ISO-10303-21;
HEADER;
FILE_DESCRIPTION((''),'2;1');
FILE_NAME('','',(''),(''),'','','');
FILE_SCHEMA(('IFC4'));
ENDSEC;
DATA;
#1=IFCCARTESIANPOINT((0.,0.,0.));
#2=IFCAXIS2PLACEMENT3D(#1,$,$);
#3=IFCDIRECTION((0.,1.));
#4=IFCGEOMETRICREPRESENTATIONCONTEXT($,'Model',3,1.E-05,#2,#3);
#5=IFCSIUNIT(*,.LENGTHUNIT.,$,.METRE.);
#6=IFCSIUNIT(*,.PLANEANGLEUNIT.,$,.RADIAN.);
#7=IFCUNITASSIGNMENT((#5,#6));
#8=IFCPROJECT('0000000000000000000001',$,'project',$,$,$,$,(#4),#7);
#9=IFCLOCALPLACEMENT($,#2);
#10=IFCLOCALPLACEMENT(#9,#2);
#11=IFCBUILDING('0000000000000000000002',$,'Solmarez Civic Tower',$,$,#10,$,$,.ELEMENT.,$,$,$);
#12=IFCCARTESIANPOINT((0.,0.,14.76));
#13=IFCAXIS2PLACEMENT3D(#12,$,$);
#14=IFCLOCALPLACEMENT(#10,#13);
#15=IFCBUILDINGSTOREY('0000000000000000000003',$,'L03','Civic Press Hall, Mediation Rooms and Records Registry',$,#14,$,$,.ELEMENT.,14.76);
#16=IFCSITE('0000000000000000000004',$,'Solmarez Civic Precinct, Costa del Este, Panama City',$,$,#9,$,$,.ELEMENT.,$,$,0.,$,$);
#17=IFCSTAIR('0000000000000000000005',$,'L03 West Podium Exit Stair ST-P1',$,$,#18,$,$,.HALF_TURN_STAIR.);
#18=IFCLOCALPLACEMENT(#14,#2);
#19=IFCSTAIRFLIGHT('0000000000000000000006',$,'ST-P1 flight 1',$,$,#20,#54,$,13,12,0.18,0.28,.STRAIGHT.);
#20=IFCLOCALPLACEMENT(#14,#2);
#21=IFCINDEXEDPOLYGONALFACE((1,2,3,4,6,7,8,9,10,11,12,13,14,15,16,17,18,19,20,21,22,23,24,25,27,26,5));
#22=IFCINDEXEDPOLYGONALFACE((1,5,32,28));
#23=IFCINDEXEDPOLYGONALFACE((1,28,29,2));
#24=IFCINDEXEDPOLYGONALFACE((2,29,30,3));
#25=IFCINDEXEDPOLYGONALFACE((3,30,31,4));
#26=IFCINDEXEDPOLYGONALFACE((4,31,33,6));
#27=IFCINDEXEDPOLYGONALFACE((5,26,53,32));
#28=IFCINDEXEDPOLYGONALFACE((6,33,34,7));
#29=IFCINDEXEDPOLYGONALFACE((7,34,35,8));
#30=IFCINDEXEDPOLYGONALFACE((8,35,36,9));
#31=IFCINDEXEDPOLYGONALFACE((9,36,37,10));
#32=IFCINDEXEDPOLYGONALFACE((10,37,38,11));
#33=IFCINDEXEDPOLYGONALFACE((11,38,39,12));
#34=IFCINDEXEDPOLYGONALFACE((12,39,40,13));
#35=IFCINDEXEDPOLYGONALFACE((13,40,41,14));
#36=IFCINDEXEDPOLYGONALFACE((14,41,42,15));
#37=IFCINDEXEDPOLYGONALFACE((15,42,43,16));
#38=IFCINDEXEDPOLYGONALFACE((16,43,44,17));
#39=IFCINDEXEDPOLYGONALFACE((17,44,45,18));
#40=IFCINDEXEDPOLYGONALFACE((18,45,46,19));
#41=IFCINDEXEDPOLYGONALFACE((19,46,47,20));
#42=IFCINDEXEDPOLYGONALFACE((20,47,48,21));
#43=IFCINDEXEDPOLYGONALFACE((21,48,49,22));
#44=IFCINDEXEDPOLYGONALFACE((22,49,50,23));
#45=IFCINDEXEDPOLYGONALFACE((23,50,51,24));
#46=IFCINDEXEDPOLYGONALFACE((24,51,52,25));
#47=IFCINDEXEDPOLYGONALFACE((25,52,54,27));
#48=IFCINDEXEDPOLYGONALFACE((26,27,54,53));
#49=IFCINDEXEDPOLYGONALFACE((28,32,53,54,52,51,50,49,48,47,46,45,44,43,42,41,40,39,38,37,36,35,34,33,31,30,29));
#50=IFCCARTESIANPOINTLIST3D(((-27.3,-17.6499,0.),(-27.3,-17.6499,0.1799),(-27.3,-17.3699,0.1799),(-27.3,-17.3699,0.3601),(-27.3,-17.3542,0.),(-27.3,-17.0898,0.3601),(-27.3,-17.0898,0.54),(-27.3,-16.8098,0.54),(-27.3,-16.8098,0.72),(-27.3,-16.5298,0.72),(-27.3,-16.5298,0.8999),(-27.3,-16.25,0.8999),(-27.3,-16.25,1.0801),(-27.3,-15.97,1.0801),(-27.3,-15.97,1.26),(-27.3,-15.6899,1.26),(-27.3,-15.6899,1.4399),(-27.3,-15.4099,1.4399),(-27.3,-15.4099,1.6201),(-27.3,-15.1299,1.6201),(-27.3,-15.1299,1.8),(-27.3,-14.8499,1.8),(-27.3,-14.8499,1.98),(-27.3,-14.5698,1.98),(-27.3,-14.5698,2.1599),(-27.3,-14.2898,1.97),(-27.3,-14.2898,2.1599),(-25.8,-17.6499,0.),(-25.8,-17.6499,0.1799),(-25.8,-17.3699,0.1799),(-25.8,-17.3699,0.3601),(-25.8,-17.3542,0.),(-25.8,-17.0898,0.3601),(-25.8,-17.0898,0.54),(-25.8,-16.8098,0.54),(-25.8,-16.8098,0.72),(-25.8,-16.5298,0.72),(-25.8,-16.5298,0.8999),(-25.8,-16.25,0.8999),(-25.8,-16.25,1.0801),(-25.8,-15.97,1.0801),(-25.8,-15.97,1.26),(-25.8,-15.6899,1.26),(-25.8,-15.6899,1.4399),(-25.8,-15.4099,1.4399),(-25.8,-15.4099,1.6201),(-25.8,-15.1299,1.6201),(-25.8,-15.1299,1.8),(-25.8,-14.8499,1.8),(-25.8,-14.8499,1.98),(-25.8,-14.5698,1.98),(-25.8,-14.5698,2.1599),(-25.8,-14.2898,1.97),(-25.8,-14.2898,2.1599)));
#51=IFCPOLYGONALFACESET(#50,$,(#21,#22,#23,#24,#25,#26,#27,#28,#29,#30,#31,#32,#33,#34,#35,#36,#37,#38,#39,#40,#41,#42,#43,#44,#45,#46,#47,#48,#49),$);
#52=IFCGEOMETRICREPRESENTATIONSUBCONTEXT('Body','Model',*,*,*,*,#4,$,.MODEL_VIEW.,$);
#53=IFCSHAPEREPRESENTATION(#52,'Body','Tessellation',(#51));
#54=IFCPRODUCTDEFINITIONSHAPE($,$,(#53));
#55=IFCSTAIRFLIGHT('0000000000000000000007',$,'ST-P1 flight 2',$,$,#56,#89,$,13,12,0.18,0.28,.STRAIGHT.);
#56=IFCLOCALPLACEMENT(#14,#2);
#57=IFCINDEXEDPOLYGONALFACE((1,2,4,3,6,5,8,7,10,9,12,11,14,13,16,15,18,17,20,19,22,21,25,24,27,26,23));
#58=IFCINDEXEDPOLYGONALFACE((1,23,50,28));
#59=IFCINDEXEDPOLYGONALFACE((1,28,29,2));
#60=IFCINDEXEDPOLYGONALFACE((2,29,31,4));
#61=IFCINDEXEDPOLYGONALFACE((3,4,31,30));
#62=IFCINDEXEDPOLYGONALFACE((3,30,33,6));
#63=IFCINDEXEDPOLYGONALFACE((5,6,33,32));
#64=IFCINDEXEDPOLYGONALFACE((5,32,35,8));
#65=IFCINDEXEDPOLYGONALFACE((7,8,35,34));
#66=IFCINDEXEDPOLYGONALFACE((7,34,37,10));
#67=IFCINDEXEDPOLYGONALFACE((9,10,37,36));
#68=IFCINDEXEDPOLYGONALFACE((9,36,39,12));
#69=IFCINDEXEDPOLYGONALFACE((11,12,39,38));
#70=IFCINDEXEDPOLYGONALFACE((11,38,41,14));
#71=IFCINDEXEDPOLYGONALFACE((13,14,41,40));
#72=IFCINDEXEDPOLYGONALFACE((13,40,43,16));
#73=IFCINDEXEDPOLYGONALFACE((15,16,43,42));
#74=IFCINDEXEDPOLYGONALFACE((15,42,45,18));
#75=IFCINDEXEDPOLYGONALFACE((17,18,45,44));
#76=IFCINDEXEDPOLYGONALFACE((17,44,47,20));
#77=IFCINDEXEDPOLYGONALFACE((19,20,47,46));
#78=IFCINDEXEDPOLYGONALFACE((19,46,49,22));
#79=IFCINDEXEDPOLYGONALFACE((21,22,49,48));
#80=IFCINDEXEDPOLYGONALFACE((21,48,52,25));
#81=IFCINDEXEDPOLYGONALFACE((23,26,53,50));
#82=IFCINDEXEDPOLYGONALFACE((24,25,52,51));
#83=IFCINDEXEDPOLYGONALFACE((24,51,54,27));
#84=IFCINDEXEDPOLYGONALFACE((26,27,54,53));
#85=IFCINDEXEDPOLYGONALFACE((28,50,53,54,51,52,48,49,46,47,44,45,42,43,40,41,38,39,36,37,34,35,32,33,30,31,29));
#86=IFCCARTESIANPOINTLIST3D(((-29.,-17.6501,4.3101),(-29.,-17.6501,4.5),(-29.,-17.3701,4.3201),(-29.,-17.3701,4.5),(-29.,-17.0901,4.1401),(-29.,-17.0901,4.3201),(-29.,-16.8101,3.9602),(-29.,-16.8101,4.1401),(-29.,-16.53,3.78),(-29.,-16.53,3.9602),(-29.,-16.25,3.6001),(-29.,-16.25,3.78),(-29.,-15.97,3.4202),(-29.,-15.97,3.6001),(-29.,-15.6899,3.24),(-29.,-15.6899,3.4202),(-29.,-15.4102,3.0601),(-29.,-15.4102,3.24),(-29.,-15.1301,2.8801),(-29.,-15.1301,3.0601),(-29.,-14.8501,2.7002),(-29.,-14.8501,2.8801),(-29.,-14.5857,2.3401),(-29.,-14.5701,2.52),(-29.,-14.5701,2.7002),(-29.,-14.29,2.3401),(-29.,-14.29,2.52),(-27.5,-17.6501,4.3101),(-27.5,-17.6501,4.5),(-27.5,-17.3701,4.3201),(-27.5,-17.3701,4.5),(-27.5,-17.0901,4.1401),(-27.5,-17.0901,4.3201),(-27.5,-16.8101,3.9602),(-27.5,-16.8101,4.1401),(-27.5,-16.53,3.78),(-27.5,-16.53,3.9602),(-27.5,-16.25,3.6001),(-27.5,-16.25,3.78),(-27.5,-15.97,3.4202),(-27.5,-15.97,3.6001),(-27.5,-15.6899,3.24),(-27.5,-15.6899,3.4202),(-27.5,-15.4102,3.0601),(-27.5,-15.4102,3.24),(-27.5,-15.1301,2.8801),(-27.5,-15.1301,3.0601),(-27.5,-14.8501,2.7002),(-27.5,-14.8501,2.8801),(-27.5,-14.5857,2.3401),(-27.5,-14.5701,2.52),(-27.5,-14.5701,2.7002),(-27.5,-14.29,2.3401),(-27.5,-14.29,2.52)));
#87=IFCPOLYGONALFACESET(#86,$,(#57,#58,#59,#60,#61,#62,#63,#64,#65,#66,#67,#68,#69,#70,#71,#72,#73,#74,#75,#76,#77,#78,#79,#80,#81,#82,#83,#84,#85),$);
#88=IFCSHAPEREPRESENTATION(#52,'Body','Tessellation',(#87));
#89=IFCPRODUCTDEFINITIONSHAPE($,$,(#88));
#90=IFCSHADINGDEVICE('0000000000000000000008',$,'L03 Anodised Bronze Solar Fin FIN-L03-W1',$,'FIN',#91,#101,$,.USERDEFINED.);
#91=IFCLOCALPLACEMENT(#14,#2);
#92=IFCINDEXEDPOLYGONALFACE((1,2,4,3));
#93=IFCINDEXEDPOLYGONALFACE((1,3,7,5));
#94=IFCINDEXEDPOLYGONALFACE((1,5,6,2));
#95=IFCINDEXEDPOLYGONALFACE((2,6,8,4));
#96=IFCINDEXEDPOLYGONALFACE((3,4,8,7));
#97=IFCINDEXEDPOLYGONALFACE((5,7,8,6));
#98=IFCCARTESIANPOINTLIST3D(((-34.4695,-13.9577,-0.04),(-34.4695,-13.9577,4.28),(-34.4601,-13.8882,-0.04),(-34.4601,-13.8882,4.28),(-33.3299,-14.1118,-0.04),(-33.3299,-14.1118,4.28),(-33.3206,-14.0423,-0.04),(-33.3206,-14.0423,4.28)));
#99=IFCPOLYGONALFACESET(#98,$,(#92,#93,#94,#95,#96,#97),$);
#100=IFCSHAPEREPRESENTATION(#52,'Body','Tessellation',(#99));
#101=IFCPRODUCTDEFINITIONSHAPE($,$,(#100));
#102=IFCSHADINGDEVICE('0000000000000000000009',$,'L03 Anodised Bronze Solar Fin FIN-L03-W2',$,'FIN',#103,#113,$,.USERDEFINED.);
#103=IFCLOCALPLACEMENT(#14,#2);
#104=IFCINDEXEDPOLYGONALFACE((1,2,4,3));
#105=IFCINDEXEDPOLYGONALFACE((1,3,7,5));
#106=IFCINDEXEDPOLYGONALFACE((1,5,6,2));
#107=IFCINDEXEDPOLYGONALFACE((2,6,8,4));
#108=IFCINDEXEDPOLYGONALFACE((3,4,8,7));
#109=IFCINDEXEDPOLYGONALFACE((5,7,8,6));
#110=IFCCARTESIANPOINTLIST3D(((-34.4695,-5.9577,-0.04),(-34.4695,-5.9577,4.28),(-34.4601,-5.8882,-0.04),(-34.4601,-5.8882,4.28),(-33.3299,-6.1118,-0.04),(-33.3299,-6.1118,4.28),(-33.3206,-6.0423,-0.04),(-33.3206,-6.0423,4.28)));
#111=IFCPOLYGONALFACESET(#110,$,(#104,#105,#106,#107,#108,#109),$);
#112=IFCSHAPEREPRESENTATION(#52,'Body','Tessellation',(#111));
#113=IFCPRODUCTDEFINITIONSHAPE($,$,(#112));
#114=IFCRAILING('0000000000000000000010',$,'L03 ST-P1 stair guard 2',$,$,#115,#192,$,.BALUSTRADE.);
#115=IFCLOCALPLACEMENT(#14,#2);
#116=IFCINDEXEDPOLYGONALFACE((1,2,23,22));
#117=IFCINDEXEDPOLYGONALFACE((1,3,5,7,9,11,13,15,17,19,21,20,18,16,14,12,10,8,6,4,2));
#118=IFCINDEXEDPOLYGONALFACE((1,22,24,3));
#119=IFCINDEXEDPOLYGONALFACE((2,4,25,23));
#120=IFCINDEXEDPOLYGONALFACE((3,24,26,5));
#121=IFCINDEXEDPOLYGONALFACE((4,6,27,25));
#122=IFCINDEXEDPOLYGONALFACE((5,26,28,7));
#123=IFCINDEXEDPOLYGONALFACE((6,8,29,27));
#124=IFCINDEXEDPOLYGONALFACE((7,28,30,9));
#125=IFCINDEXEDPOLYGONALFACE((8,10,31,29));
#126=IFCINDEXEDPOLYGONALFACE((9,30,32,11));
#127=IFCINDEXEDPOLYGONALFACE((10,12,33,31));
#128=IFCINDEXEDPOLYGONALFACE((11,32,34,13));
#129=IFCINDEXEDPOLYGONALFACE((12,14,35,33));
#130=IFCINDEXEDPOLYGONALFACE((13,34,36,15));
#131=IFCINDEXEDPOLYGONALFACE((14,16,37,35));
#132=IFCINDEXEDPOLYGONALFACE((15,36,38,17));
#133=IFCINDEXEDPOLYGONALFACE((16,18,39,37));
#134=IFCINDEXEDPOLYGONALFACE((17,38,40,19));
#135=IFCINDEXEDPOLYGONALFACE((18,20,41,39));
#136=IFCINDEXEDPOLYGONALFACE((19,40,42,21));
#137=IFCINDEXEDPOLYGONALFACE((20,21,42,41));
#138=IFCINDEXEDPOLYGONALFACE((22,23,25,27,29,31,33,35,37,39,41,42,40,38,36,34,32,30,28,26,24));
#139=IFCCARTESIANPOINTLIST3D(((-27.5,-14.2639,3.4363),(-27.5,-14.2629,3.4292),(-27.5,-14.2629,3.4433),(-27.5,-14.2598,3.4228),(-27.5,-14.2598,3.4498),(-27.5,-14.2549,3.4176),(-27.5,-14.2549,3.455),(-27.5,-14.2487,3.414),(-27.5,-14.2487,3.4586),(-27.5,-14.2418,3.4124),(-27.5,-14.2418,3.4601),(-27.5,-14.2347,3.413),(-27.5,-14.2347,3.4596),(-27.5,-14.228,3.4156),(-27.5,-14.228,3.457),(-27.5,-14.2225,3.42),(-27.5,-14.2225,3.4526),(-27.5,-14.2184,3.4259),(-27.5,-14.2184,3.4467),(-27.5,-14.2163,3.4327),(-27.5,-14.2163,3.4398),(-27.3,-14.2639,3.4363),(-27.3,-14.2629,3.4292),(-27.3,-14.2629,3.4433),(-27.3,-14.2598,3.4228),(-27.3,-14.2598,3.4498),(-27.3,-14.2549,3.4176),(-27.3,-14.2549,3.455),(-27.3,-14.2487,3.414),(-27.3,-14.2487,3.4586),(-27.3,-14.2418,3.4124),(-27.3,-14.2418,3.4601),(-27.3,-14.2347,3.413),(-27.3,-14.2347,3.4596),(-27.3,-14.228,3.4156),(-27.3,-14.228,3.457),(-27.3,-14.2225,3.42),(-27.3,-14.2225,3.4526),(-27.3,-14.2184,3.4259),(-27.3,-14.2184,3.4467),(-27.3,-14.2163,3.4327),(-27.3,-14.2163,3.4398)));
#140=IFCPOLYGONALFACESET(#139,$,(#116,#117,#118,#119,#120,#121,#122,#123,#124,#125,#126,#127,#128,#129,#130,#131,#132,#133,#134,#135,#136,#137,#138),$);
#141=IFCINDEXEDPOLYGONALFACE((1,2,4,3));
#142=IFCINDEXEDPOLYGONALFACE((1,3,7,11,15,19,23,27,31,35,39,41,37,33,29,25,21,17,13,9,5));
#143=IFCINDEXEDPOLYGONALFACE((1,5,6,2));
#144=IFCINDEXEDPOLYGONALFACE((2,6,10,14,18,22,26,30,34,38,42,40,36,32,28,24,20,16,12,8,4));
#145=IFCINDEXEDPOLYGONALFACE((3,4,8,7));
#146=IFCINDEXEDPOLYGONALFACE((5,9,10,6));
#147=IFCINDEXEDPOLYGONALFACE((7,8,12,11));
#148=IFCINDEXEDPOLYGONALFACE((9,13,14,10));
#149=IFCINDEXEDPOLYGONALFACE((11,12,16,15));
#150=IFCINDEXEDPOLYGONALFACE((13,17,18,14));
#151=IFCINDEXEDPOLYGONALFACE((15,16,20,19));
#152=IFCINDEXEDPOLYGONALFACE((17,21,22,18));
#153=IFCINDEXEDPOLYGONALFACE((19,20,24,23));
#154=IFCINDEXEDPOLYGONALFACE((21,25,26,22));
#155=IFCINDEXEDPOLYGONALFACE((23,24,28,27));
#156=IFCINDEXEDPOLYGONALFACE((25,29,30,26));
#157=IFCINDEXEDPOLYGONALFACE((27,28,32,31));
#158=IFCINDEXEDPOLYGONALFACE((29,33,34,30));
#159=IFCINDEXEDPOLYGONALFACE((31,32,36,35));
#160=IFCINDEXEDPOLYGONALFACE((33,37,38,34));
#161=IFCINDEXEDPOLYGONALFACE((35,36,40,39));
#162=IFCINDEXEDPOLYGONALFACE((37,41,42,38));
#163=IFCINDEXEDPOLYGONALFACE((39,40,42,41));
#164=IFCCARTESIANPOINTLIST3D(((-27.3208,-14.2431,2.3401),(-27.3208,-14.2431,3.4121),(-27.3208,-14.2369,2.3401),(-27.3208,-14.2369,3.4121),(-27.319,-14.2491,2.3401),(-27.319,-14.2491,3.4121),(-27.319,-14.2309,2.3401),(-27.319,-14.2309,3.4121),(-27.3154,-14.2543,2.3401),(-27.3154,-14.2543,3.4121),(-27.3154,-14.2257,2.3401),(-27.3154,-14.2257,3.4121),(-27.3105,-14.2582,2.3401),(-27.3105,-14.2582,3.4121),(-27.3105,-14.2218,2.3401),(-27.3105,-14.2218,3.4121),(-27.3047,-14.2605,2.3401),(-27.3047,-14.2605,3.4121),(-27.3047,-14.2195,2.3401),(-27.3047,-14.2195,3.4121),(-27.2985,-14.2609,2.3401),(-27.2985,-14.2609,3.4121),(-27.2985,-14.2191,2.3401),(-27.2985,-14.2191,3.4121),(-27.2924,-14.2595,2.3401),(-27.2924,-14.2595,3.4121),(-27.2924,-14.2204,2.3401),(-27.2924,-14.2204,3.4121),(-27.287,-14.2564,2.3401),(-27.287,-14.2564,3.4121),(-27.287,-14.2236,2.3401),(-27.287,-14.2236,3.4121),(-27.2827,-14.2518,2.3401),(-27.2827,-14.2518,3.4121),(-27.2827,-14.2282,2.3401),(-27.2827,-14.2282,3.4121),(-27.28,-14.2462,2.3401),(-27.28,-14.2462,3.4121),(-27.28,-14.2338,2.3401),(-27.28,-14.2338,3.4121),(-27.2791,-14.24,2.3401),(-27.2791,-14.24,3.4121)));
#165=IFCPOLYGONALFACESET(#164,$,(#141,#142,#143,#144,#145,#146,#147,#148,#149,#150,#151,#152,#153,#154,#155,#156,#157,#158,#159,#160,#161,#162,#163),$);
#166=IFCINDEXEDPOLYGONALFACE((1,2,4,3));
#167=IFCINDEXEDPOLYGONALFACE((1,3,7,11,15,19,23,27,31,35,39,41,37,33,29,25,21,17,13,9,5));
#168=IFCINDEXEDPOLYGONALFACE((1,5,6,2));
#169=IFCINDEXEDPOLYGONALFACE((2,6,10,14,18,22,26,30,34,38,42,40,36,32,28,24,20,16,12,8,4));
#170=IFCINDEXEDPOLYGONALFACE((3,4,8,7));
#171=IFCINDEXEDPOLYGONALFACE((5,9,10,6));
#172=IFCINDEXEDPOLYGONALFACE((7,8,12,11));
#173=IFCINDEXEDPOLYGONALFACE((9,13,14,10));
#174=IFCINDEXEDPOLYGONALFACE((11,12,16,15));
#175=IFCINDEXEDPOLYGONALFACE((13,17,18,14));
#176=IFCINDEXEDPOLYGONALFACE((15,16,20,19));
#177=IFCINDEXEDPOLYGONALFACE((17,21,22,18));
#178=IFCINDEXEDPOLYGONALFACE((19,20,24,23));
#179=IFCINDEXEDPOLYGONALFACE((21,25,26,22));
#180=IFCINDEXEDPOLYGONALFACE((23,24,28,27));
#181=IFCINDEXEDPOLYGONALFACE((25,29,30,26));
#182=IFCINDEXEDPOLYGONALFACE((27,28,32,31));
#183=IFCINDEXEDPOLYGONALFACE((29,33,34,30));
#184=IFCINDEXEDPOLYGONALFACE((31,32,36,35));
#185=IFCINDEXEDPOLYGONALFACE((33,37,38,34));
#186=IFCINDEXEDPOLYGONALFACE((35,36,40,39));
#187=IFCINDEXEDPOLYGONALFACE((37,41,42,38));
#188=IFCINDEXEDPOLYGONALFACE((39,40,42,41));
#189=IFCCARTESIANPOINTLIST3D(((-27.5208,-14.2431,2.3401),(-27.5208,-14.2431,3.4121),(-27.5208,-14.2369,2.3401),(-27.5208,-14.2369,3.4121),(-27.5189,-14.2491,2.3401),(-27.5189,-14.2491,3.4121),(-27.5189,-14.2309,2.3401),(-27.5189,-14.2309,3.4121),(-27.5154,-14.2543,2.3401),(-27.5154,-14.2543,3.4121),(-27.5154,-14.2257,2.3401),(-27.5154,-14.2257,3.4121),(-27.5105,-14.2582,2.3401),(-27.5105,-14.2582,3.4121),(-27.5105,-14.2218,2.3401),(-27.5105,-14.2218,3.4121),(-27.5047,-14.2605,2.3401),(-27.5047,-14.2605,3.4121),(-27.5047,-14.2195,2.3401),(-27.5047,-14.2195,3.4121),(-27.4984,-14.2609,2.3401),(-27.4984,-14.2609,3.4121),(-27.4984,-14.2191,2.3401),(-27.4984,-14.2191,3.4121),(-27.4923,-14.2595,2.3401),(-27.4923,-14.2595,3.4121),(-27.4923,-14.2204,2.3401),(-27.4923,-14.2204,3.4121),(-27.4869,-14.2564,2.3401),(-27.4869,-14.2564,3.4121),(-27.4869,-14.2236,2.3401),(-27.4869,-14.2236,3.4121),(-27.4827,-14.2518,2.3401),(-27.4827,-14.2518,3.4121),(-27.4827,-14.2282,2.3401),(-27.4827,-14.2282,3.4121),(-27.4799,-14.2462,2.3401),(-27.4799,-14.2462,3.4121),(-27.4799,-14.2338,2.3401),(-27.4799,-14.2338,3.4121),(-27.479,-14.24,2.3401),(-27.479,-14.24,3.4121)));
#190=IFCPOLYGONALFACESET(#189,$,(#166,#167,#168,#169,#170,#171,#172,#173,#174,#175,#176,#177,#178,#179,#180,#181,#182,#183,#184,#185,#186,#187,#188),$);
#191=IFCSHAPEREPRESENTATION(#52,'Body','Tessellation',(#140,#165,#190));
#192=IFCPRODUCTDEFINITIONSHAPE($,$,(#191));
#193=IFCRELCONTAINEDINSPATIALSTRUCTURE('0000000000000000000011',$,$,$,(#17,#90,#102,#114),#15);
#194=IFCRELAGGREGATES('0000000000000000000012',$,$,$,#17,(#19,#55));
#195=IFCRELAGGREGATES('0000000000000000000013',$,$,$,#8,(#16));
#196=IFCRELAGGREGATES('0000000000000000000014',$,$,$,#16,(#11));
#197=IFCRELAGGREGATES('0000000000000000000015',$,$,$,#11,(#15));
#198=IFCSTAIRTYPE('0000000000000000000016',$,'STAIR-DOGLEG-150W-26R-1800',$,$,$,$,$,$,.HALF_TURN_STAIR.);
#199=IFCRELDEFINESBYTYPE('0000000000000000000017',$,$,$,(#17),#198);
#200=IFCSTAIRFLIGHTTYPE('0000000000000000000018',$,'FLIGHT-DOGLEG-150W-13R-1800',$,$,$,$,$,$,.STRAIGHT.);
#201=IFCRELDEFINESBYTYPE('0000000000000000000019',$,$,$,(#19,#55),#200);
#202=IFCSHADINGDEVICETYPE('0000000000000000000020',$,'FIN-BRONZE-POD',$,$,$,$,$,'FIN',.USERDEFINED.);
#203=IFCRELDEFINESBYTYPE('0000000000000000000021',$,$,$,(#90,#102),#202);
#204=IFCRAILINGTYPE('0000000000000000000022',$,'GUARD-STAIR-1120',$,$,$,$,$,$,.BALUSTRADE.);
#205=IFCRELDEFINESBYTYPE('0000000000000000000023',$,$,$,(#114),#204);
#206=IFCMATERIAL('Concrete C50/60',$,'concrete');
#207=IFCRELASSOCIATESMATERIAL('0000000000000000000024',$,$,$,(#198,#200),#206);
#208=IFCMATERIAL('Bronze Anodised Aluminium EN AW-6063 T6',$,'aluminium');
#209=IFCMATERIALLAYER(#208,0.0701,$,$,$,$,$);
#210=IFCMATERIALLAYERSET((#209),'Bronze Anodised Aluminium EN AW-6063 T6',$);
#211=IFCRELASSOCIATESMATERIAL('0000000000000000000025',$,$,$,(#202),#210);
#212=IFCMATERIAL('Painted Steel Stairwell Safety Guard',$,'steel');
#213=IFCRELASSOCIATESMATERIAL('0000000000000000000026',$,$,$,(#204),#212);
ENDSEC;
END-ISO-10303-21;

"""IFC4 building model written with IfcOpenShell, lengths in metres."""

from ifc_helpers import new_model, si_unit, direction, frame, origin, origin_2d, place, context, subcontext, project, spatial, polyline, rectangle, circle, outline, extrude, material, layer, layer_set, type_object, element, aggregate, save


model = new_model("IFC4")

# Units and contexts
model_context = context("Model", 3, precision=1e-05, world=origin(), true_north=direction((0.0, 1.0)))
body_context = subcontext(model_context, "Body", "Model", "MODEL_VIEW")
ifc_project = project(units=[si_unit("LENGTHUNIT", "METRE"), si_unit("PLANEANGLEUNIT", "RADIAN")], contexts=[model_context])

# Site, building, storey
site_placement = place(None, origin())
site = spatial("IfcSite", under=ifc_project, at=site_placement, Name="Solmarez Civic Precinct, Costa del Este, Panama City", CompositionType="ELEMENT", RefElevation=0.0)
building_placement = place(site_placement, origin())
building = spatial("IfcBuilding", under=site, at=building_placement, Name="Solmarez Civic Tower", CompositionType="ELEMENT")
storey_placement = place(building_placement, frame((0.0, 0.0, 14.76)))
storey = spatial("IfcBuildingStorey", under=building, at=storey_placement, Name="L03", Description="Civic Press Hall, Mediation Rooms and Records Registry", CompositionType="ELEMENT", Elevation=14.76)

# Shared definitions
ifc_material_1 = material(Name="Concrete C50/60", Category="concrete")

# Stair, stair flights
stair_type = type_object("IfcStairType", Name="STAIR-DOGLEG-150W-26R-1800", PredefinedType="HALF_TURN_STAIR", material=ifc_material_1)
stair_placement = place(storey_placement, origin())
stair = element("IfcStair", 1, at=stair_placement, inside=storey, type_object=stair_type, Name="L03 West Podium Exit Stair ST-P1", PredefinedType="HALF_TURN_STAIR")
stair_flight_type = type_object("IfcStairFlightType", Name="FLIGHT-DOGLEG-150W-13R-1800", PredefinedType="STRAIGHT", material=ifc_material_1)
stair_flight_1_placement = place(storey_placement, frame((-26.55, -17.6499, 0.0), z_axis=(0.0, 0.0, 1.0), x_axis=(0.0, 1.0, 0.0)))
stair_flight_1 = element("IfcStairFlight", 2, at=stair_flight_1_placement, type_object=stair_flight_type, Name="ST-P1 flight 1", NumberOfRisers=13, NumberOfTreads=12, PredefinedType="STRAIGHT", RiserHeight=0.18, TreadLength=0.28, context=body_context, shape_type="SweptSolid", body=[
    extrude(outline(polyline([(0.0, 0.0), (0.0, 0.1799), (0.28, 0.1799), (0.28, 0.3601), (0.5601, 0.3601), (0.5601, 0.54), (0.8401, 0.54), (0.8401, 0.72), (1.1201, 0.72), (1.1201, 0.8999), (1.3999, 0.8999), (1.3999, 1.0801), (1.6799, 1.0801), (1.6799, 1.26), (1.96, 1.26), (1.96, 1.4399), (2.24, 1.4399), (2.24, 1.6201), (2.52, 1.6201), (2.52, 1.8), (2.8, 1.8), (2.8, 1.98), (3.0801, 1.98), (3.0801, 2.1599), (3.3601, 2.1599), (3.3601, 2.3401), (3.3601, 1.97), (0.2957, 0.0), (0.0, 0.0)])), frame((0.0, 0.75, 0.0), z_axis=(0.0, -1.0, 0.0), x_axis=(1.0, 0.0, 0.0)), (0.0, 0.0, 1.0), 1.5),
])
stair_flight_2_placement = place(storey_placement, frame((-28.25, -14.29, 2.3401), z_axis=(0.0, 0.0, 1.0), x_axis=(0.0, -1.0, 0.0)))
stair_flight_2 = element("IfcStairFlight", 3, at=stair_flight_2_placement, type_object=stair_flight_type, Name="ST-P1 flight 2", NumberOfRisers=13, NumberOfTreads=12, PredefinedType="STRAIGHT", RiserHeight=0.18, TreadLength=0.28, context=body_context, shape_type="SweptSolid", body=[
    extrude(outline(polyline([(0.0, 0.0), (0.0, 0.1799), (0.28, 0.1799), (0.28, 0.3601), (0.5601, 0.3601), (0.5601, 0.54), (0.8401, 0.54), (0.8401, 0.72), (1.1201, 0.72), (1.1201, 0.8999), (1.3999, 0.8999), (1.3999, 1.0801), (1.6799, 1.0801), (1.6799, 1.26), (1.96, 1.26), (1.96, 1.4399), (2.24, 1.4399), (2.24, 1.6201), (2.52, 1.6201), (2.52, 1.8), (2.8, 1.8), (2.8, 1.98), (3.0801, 1.98), (3.0801, 2.1599), (3.3601, 2.1599), (3.3601, 2.3401), (3.3601, 1.97), (0.2957, 0.0), (0.0, 0.0)])), frame((0.0, 0.75, 0.0), z_axis=(0.0, -1.0, 0.0), x_axis=(1.0, 0.0, 0.0)), (0.0, 0.0, 1.0), 1.5),
])
aggregate(stair, [stair_flight_1, stair_flight_2])

# Shading devices
ifc_material_2 = material(Name="Bronze Anodised Aluminium EN AW-6063 T6", Category="aluminium")
ifc_layer_1 = layer(ifc_material_2, 0.0701)
ifc_layer_set_1 = layer_set([ifc_layer_1], Name="Bronze Anodised Aluminium EN AW-6063 T6")
shading_device_type = type_object("IfcShadingDeviceType", Name="FIN-BRONZE-POD", ElementType="FIN", PredefinedType="USERDEFINED", material=ifc_layer_set_1)
for number, where, z_axis, x_axis, name in (
    (4, (-33.895, -14.0, -0.04), (0.0, 0.0, 1.0), (-0.990983, 0.133986, 0.0), "L03 Anodised Bronze Solar Fin FIN-L03-W1"),
    (5, (-33.895, -6.0, -0.04), (0.0, 0.0, 1.0), (-0.990983, 0.133986, 0.0), "L03 Anodised Bronze Solar Fin FIN-L03-W2"),
):
    element("IfcShadingDevice", number, at=place(storey_placement, frame(where, z_axis=z_axis, x_axis=x_axis)), inside=storey, type_object=shading_device_type, Name=name, ObjectType="FIN", PredefinedType="USERDEFINED", context=body_context, shape_type="SweptSolid", body=[
        extrude(rectangle(XDim=1.1499, YDim=0.0701, at=origin_2d()), origin(), (0.0, 0.0, 1.0), 4.3201),
    ])

# Railing
ifc_material_3 = material(Name="Painted Steel Stairwell Safety Guard", Category="steel")
railing_type_1 = type_object("IfcRailingType", Name="GUARD-STAIR-1120", PredefinedType="BALUSTRADE", material=ifc_material_3)
railing_1_placement = place(storey_placement, frame((-27.3, -14.24, 2.3401)))
element("IfcRailing", 6, at=railing_1_placement, inside=storey, type_object=railing_type_1, Name="L03 ST-P1 stair guard 2", PredefinedType="BALUSTRADE", context=body_context, shape_type="SweptSolid", body=[
    extrude(circle(Radius=0.0239, at=origin_2d()), frame((0.0, 0.0, 1.0962), z_axis=(-1.0, 0.0, 0.0), x_axis=(0.0, -1.0, 0.0)), (0.0, 0.0, 1.0), 0.2),
    extrude(circle(Radius=0.021, at=origin_2d()), origin(), (0.0, 0.0, 1.0), 1.072),
    extrude(circle(Radius=0.021, at=origin_2d()), frame((-0.2, 0.0, 0.0)), (0.0, 0.0, 1.0), 1.072),
])

save(model, "model.ifc")
